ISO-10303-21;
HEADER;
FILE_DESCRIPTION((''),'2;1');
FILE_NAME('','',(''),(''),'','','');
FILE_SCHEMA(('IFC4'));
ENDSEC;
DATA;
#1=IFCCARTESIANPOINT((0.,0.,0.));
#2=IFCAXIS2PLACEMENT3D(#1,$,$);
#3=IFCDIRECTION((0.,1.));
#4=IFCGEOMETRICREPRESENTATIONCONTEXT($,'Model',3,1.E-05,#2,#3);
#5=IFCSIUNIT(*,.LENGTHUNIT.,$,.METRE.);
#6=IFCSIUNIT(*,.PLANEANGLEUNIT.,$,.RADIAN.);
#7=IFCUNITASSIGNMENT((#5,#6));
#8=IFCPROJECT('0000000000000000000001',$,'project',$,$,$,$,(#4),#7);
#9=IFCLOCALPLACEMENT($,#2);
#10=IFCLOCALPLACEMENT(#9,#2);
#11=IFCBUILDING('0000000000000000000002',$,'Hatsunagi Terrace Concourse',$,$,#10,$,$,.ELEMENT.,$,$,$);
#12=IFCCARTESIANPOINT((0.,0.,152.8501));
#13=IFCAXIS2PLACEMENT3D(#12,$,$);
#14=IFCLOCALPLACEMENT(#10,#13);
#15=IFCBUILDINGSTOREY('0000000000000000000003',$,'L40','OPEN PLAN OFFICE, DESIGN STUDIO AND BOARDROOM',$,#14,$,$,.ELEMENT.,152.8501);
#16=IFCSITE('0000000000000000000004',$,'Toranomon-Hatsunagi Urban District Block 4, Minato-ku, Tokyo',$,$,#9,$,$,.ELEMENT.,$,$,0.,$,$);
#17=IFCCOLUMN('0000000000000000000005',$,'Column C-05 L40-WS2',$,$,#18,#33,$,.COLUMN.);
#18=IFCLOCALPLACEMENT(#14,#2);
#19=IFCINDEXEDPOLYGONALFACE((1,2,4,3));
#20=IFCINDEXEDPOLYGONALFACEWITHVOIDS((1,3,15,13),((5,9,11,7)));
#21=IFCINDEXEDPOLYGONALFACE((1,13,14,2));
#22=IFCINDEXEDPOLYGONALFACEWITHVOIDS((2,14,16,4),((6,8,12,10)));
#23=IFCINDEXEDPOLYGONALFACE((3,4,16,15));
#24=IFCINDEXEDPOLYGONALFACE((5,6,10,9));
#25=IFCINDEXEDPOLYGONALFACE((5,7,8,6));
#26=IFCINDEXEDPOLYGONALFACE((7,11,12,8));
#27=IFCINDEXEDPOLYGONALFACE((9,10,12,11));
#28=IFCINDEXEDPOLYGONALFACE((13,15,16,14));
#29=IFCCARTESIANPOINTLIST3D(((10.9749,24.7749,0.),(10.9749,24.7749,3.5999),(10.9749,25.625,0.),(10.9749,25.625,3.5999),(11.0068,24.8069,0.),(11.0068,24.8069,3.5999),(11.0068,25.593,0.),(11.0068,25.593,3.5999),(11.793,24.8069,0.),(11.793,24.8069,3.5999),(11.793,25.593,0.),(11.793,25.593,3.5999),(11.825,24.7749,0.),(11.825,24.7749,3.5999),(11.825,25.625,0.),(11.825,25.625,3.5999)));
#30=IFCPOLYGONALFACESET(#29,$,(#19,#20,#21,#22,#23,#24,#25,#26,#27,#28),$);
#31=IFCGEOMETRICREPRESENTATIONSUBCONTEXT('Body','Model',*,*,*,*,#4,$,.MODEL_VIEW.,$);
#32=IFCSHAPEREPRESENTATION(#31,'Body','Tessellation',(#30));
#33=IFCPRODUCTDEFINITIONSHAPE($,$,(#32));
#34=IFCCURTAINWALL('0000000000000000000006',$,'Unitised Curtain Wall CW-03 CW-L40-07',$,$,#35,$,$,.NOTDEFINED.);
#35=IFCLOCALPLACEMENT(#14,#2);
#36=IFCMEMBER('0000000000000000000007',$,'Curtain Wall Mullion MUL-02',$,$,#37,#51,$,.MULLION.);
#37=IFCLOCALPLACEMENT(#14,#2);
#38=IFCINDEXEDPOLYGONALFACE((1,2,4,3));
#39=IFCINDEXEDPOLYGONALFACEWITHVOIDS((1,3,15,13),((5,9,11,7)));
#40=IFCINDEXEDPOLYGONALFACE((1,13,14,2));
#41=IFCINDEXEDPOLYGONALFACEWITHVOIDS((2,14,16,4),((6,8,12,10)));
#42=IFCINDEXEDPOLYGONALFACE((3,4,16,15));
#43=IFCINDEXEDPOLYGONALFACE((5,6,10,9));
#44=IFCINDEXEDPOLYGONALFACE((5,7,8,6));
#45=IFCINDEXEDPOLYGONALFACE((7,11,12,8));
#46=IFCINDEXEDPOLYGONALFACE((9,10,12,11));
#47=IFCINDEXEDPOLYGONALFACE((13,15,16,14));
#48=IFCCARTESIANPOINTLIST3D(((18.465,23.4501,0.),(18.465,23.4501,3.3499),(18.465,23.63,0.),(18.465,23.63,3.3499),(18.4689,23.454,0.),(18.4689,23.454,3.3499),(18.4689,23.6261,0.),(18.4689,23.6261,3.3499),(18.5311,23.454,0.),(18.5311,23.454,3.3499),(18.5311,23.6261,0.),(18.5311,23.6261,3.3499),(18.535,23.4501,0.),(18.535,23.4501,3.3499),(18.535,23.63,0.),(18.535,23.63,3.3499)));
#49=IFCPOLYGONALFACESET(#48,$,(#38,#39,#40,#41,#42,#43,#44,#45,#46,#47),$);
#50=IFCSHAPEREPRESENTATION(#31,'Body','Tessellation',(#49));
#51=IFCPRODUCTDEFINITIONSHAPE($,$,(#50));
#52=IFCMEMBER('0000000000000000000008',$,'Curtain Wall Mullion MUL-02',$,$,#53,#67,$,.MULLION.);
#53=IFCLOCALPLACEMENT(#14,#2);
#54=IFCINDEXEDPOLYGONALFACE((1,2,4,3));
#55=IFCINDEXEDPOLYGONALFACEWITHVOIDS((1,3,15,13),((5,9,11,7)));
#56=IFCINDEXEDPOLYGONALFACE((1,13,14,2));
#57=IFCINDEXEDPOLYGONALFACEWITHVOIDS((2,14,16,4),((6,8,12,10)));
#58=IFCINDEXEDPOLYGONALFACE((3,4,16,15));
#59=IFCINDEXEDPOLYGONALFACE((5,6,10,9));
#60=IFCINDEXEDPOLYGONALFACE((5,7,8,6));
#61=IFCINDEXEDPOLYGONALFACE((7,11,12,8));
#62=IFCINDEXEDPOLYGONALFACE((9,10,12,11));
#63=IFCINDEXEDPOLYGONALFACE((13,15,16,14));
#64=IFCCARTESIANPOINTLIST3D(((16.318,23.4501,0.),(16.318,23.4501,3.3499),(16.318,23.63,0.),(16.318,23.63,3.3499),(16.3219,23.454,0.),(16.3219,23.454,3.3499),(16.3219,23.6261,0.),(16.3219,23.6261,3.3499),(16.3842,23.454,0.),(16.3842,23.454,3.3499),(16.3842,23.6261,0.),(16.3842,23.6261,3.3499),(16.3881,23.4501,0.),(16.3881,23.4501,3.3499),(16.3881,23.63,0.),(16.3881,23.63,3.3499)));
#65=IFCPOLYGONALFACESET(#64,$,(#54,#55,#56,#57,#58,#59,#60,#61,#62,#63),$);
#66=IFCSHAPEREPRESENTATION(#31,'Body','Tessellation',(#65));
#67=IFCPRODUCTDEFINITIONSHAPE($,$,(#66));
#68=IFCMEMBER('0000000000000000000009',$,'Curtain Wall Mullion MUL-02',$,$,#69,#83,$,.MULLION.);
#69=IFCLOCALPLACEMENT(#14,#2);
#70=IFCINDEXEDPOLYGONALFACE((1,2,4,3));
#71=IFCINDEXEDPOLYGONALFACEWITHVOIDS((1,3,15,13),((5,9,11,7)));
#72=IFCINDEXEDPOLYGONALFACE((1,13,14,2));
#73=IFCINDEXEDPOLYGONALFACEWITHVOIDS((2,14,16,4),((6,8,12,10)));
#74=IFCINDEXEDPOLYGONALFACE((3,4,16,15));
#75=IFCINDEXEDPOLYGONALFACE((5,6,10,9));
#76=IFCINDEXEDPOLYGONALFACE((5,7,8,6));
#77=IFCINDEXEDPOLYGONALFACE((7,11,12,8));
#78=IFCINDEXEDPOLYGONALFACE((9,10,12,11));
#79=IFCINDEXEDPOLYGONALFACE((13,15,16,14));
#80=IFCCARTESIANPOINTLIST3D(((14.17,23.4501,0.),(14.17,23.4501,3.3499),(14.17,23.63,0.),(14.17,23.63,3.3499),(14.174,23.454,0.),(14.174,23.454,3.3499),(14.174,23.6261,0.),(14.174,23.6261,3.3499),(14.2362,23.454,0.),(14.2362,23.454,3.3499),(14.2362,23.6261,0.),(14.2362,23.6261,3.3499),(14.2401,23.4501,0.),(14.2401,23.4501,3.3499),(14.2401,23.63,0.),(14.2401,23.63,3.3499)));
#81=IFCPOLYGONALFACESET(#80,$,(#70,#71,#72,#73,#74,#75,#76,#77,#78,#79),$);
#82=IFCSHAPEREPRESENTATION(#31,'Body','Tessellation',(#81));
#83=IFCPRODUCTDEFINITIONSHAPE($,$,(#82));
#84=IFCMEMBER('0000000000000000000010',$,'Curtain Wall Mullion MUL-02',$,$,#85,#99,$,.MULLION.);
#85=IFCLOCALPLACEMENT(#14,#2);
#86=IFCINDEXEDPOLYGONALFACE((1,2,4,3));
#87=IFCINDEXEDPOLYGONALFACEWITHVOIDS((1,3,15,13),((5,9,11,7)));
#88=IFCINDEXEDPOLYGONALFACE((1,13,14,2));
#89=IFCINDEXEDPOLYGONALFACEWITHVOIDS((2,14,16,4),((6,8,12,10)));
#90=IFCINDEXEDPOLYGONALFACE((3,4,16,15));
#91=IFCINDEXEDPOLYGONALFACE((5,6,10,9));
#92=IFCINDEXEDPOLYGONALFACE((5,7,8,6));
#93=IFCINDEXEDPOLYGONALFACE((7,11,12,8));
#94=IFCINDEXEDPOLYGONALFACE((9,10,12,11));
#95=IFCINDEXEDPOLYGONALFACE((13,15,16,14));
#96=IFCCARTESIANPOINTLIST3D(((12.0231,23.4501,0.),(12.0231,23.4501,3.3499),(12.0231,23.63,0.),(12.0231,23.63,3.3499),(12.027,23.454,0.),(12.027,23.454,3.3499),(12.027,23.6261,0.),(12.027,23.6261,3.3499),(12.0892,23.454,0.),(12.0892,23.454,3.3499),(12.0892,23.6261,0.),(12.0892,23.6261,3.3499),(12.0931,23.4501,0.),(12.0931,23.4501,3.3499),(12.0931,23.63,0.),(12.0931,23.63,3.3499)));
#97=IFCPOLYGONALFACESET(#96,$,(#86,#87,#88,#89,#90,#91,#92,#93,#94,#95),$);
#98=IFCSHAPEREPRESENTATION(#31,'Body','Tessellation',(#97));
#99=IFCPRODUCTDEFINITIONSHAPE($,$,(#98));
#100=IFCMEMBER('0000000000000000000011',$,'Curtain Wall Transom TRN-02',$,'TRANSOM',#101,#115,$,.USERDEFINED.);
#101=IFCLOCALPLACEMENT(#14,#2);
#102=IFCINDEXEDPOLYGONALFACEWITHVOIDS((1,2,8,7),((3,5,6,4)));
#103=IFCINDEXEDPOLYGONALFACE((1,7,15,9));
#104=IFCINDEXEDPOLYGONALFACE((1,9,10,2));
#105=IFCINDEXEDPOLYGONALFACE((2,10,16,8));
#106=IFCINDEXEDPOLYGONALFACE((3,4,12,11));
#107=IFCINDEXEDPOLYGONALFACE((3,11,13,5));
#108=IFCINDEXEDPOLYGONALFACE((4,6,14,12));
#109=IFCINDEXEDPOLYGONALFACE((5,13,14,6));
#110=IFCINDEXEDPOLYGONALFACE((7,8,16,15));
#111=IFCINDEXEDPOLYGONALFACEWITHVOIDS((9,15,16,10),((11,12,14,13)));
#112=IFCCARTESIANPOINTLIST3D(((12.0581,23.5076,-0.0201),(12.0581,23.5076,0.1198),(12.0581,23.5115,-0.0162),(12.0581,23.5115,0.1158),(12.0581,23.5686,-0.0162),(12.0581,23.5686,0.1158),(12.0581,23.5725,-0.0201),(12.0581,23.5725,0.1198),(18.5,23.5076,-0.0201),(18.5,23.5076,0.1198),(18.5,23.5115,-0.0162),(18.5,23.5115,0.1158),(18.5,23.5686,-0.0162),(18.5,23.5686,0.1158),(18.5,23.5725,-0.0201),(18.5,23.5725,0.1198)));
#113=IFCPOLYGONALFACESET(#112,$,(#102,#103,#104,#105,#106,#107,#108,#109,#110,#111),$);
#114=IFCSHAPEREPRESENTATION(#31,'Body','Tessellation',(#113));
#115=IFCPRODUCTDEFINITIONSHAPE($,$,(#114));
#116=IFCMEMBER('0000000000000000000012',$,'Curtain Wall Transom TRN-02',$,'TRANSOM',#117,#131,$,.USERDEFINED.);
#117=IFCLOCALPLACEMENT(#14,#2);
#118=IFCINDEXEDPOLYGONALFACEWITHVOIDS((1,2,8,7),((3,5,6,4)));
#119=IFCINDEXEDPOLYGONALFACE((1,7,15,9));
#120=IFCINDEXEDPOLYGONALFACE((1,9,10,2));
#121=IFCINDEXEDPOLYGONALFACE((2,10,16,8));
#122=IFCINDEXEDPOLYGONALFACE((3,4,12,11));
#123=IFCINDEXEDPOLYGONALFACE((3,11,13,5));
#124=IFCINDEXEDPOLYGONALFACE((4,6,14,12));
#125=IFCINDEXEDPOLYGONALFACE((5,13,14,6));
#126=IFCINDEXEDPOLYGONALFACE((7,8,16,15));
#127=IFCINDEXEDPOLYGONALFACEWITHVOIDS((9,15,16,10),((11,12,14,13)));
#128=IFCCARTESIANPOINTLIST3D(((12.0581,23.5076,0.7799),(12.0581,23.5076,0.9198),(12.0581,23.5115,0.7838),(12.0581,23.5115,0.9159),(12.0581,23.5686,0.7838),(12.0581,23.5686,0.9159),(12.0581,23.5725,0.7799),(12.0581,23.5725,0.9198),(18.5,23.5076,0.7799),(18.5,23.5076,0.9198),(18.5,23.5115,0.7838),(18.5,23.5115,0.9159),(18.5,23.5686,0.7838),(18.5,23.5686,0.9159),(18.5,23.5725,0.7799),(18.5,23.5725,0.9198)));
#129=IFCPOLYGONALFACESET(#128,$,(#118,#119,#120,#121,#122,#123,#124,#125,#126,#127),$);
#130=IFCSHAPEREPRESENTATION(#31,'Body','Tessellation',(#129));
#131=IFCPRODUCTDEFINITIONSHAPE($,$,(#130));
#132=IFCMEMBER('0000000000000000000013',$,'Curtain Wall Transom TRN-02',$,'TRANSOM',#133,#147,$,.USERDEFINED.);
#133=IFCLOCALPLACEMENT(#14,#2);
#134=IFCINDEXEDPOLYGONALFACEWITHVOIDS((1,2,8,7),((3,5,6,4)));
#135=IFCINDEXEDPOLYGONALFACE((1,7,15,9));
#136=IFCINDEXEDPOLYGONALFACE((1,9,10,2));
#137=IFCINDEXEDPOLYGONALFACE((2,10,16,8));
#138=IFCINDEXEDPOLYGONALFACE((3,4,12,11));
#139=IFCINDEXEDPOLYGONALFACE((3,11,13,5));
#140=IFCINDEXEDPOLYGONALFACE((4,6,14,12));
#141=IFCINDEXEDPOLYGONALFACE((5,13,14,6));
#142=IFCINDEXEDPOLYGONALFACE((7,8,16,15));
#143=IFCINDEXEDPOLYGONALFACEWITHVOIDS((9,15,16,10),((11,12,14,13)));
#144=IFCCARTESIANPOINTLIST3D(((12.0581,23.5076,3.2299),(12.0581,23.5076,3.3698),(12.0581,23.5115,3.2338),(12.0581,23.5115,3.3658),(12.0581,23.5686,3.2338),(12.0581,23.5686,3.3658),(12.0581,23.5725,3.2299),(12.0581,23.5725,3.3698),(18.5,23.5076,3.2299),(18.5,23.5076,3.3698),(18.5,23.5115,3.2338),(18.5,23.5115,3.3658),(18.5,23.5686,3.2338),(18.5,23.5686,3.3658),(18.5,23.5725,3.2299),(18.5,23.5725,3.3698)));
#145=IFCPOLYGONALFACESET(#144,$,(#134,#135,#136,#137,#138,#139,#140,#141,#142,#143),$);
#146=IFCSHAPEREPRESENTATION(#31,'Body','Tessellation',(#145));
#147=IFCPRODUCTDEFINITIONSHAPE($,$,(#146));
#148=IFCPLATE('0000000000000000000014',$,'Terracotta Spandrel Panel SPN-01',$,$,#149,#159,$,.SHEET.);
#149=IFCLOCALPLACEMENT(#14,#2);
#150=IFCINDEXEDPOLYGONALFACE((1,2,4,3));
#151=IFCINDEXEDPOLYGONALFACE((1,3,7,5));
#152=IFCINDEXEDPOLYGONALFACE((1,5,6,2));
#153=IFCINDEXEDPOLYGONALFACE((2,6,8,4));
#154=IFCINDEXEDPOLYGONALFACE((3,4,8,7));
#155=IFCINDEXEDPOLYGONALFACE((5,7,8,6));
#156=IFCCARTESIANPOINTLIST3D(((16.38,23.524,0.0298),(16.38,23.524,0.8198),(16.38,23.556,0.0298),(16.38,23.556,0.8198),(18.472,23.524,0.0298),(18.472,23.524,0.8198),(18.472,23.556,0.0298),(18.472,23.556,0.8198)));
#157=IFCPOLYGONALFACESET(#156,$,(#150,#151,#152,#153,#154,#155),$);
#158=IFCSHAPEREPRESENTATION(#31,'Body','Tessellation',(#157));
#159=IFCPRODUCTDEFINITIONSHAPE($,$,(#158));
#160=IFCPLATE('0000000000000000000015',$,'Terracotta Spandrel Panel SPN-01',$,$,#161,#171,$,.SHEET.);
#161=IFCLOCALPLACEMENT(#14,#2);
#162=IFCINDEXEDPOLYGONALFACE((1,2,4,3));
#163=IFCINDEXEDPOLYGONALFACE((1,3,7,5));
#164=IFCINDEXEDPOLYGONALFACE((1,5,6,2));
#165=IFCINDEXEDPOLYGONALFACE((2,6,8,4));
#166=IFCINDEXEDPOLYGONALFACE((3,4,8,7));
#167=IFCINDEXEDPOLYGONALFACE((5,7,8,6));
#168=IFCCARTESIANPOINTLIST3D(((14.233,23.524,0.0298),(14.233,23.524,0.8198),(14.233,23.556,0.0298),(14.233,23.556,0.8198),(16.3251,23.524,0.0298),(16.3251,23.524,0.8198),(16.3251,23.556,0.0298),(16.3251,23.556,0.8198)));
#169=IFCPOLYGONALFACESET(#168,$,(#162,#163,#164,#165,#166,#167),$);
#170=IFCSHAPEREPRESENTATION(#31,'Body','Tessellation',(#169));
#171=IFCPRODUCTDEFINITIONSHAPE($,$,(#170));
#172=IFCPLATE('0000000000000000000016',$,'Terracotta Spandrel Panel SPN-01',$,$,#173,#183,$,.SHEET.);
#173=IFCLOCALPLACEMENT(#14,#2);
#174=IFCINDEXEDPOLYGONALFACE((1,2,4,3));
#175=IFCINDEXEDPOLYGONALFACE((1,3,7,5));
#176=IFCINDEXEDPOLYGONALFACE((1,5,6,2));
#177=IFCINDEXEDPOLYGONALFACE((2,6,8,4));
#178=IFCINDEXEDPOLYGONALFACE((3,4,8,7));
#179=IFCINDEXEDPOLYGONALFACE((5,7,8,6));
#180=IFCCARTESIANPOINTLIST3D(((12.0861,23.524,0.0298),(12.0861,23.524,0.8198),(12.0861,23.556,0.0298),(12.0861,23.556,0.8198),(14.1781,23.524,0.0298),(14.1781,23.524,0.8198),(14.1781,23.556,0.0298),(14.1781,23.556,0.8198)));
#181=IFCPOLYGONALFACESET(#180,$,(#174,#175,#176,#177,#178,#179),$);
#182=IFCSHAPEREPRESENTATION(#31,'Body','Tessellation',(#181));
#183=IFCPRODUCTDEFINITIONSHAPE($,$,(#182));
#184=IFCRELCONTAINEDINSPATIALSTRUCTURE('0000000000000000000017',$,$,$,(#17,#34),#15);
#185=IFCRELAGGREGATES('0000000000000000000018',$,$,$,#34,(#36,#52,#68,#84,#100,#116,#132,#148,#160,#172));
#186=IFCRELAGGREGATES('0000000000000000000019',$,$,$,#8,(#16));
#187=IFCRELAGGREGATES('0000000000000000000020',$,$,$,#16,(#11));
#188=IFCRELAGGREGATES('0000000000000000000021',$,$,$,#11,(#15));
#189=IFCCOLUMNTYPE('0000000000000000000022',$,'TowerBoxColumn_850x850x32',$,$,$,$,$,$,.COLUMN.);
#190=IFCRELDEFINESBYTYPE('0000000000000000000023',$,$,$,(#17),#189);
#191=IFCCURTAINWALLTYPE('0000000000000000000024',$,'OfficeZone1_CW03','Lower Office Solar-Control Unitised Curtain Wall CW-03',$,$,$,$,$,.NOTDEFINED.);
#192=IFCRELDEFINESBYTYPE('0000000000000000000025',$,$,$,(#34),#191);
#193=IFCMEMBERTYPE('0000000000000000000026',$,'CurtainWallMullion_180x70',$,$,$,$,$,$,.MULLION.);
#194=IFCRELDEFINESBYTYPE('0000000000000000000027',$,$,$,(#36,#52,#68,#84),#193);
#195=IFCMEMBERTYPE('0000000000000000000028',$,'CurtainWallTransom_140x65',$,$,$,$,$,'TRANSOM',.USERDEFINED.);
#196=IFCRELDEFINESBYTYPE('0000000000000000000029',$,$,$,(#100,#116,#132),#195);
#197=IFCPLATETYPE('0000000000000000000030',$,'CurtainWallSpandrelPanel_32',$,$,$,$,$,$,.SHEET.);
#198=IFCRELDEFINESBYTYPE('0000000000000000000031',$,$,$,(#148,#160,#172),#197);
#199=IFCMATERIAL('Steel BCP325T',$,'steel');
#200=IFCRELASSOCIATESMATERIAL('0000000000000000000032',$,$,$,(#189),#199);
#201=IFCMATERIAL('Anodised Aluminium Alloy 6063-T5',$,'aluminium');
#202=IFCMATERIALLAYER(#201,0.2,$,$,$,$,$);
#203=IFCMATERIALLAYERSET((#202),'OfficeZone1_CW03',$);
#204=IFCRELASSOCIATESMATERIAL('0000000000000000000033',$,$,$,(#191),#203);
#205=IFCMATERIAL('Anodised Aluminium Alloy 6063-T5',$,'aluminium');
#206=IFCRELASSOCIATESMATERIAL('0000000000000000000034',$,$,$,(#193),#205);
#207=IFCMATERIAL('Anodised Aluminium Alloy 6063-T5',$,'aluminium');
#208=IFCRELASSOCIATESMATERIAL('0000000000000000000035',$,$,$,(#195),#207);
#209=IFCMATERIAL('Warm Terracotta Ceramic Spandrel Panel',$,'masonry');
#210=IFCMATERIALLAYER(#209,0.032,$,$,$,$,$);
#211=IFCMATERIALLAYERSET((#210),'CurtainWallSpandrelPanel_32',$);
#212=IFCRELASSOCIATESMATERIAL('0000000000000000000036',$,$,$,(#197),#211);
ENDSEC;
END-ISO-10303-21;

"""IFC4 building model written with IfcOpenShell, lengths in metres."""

from ifc_helpers import new_model, si_unit, direction, frame, origin, origin_2d, place, context, subcontext, project, spatial, rectangle, hollow_rectangle, extrude, material, layer, layer_set, material_profile, profile_set, type_object, element, aggregate, save


model = new_model("IFC4")

# Units and contexts
model_context = context("Model", 3, precision=1e-05, world=origin(), true_north=direction((0.0, 1.0)))
body_context = subcontext(model_context, "Body", "Model", "MODEL_VIEW")
ifc_project = project(units=[si_unit("LENGTHUNIT", "METRE"), si_unit("PLANEANGLEUNIT", "RADIAN")], contexts=[model_context])

# Site, building, storey
site_placement = place(None, origin())
site = spatial("IfcSite", under=ifc_project, at=site_placement, Name="Toranomon-Hatsunagi Urban District Block 4, Minato-ku, Tokyo", CompositionType="ELEMENT", RefElevation=0.0)
building_placement = place(site_placement, origin())
building = spatial("IfcBuilding", under=site, at=building_placement, Name="Hatsunagi Terrace Concourse", CompositionType="ELEMENT")
storey_placement = place(building_placement, frame((0.0, 0.0, 152.8501)))
storey = spatial("IfcBuildingStorey", under=building, at=storey_placement, Name="L40", Description="OPEN PLAN OFFICE, DESIGN STUDIO AND BOARDROOM", CompositionType="ELEMENT", Elevation=152.8501)

# Column
ifc_material_1 = material(Name="Steel BCP325T", Category="steel")
ifc_material_profile_1 = material_profile(ifc_material_1, hollow_rectangle(XDim=0.8501, YDim=0.8501, WallThickness=0.032, at=origin_2d()), Name="BCP-850x850x32")
ifc_profile_set_1 = profile_set([ifc_material_profile_1], Name="Steel BCP325T")
column_type = type_object("IfcColumnType", Name="TowerBoxColumn_850x850x32", PredefinedType="COLUMN", material=ifc_profile_set_1)
column_placement = place(storey_placement, frame((11.3999, 25.2, 0.0), z_axis=(0.0, 0.0, 1.0), x_axis=(1.0, 0.0, 0.0)))
element("IfcColumn", 1, at=column_placement, inside=storey, type_object=column_type, Name="Column C-05 L40-WS2", PredefinedType="COLUMN", context=body_context, shape_type="SweptSolid", body=[
    extrude(hollow_rectangle(XDim=0.8501, YDim=0.8501, WallThickness=0.032, at=origin_2d()), origin(), (0.0, 0.0, 1.0), 3.5999),
])

# Curtain wall, members, plates
ifc_material_2 = material(Name="Anodised Aluminium Alloy 6063-T5", Category="aluminium")
ifc_layer_1 = layer(ifc_material_2, 0.2)
ifc_layer_set_1 = layer_set([ifc_layer_1], Name="OfficeZone1_CW03")
curtain_wall_type = type_object("IfcCurtainWallType", Name="OfficeZone1_CW03", Description="Lower Office Solar-Control Unitised Curtain Wall CW-03", PredefinedType="NOTDEFINED", material=ifc_layer_set_1)
curtain_wall_placement = place(storey_placement, origin())
curtain_wall = element("IfcCurtainWall", 2, at=curtain_wall_placement, inside=storey, type_object=curtain_wall_type, Name="Unitised Curtain Wall CW-03 CW-L40-07", PredefinedType="NOTDEFINED")
ifc_material_3 = material(Name="Anodised Aluminium Alloy 6063-T5", Category="aluminium")
ifc_material_profile_2 = material_profile(ifc_material_3, hollow_rectangle(XDim=0.0701, YDim=0.1799, WallThickness=0.0039, at=origin_2d()), Name="ALU-MUL-180x70x4")
ifc_profile_set_2 = profile_set([ifc_material_profile_2], Name="Anodised Aluminium Alloy 6063-T5")
member_type_1 = type_object("IfcMemberType", Name="CurtainWallMullion_180x70", PredefinedType="MULLION", material=ifc_profile_set_2)
member_1_placement = place(storey_placement, frame((18.5, 23.54, 0.0), z_axis=(0.0, 0.0, 1.0), x_axis=(-1.0, 0.0, 0.0)))
member_1 = element("IfcMember", 3, at=member_1_placement, type_object=member_type_1, Name="Curtain Wall Mullion MUL-02", PredefinedType="MULLION", context=body_context, shape_type="SweptSolid", body=[
    extrude(hollow_rectangle(XDim=0.0701, YDim=0.1799, WallThickness=0.0039, at=origin_2d()), origin(), (0.0, 0.0, 1.0), 3.3499),
])
member_2_placement = place(storey_placement, frame((16.353, 23.54, 0.0), z_axis=(0.0, 0.0, 1.0), x_axis=(-1.0, 0.0, 0.0)))
member_2 = element("IfcMember", 4, at=member_2_placement, type_object=member_type_1, Name="Curtain Wall Mullion MUL-02", PredefinedType="MULLION", context=body_context, shape_type="SweptSolid", body=[
    extrude(hollow_rectangle(XDim=0.0701, YDim=0.1799, WallThickness=0.0039, at=origin_2d()), origin(), (0.0, 0.0, 1.0), 3.3499),
])
member_3_placement = place(storey_placement, frame((14.2051, 23.54, 0.0), z_axis=(0.0, 0.0, 1.0), x_axis=(-1.0, 0.0, 0.0)))
member_3 = element("IfcMember", 5, at=member_3_placement, type_object=member_type_1, Name="Curtain Wall Mullion MUL-02", PredefinedType="MULLION", context=body_context, shape_type="SweptSolid", body=[
    extrude(hollow_rectangle(XDim=0.0701, YDim=0.1799, WallThickness=0.0039, at=origin_2d()), origin(), (0.0, 0.0, 1.0), 3.3499),
])
member_4_placement = place(storey_placement, frame((12.0581, 23.54, 0.0), z_axis=(0.0, 0.0, 1.0), x_axis=(-1.0, 0.0, 0.0)))
member_4 = element("IfcMember", 6, at=member_4_placement, type_object=member_type_1, Name="Curtain Wall Mullion MUL-02", PredefinedType="MULLION", context=body_context, shape_type="SweptSolid", body=[
    extrude(hollow_rectangle(XDim=0.0701, YDim=0.1799, WallThickness=0.0039, at=origin_2d()), origin(), (0.0, 0.0, 1.0), 3.3499),
])
ifc_material_4 = material(Name="Anodised Aluminium Alloy 6063-T5", Category="aluminium")
ifc_material_profile_3 = material_profile(ifc_material_4, hollow_rectangle(XDim=0.0649, YDim=0.1399, WallThickness=0.0039, at=origin_2d()), Name="ALU-TRN-140x65x4")
ifc_profile_set_3 = profile_set([ifc_material_profile_3], Name="Anodised Aluminium Alloy 6063-T5")
member_type_2 = type_object("IfcMemberType", Name="CurtainWallTransom_140x65", ElementType="TRANSOM", PredefinedType="USERDEFINED", material=ifc_profile_set_3)
member_5_placement = place(storey_placement, frame((18.5, 23.54, 0.0498), z_axis=(-1.0, 0.0, 0.0), x_axis=(0.0, -1.0, 0.0)))
member_5 = element("IfcMember", 7, at=member_5_placement, type_object=member_type_2, Name="Curtain Wall Transom TRN-02", ObjectType="TRANSOM", PredefinedType="USERDEFINED", context=body_context, shape_type="SweptSolid", body=[
    extrude(hollow_rectangle(XDim=0.0649, YDim=0.1399, WallThickness=0.0039, at=origin_2d()), origin(), (0.0, 0.0, 1.0), 6.4419),
])
member_6_placement = place(storey_placement, frame((18.5, 23.54, 0.8499), z_axis=(-1.0, 0.0, 0.0), x_axis=(0.0, -1.0, 0.0)))
member_6 = element("IfcMember", 8, at=member_6_placement, type_object=member_type_2, Name="Curtain Wall Transom TRN-02", ObjectType="TRANSOM", PredefinedType="USERDEFINED", context=body_context, shape_type="SweptSolid", body=[
    extrude(hollow_rectangle(XDim=0.0649, YDim=0.1399, WallThickness=0.0039, at=origin_2d()), origin(), (0.0, 0.0, 1.0), 6.4419),
])
member_7_placement = place(storey_placement, frame((18.5, 23.54, 3.2998), z_axis=(-1.0, 0.0, 0.0), x_axis=(0.0, -1.0, 0.0)))
member_7 = element("IfcMember", 9, at=member_7_placement, type_object=member_type_2, Name="Curtain Wall Transom TRN-02", ObjectType="TRANSOM", PredefinedType="USERDEFINED", context=body_context, shape_type="SweptSolid", body=[
    extrude(hollow_rectangle(XDim=0.0649, YDim=0.1399, WallThickness=0.0039, at=origin_2d()), origin(), (0.0, 0.0, 1.0), 6.4419),
])
ifc_material_5 = material(Name="Warm Terracotta Ceramic Spandrel Panel", Category="masonry")
ifc_layer_2 = layer(ifc_material_5, 0.032)
ifc_layer_set_2 = layer_set([ifc_layer_2], Name="CurtainWallSpandrelPanel_32")
plate_type_1 = type_object("IfcPlateType", Name="CurtainWallSpandrelPanel_32", PredefinedType="SHEET", material=ifc_layer_set_2)
plate_1_placement = place(storey_placement, frame((17.426, 23.54, 0.0298), z_axis=(0.0, 0.0, 1.0), x_axis=(-1.0, 0.0, 0.0)))
plate_1 = element("IfcPlate", 10, at=plate_1_placement, type_object=plate_type_1, Name="Terracotta Spandrel Panel SPN-01", PredefinedType="SHEET", context=body_context, shape_type="SweptSolid", body=[
    extrude(rectangle(XDim=2.092, YDim=0.032, at=origin_2d()), origin(), (0.0, 0.0, 1.0), 0.79),
])
plate_2_placement = place(storey_placement, frame((15.2791, 23.54, 0.0298), z_axis=(0.0, 0.0, 1.0), x_axis=(-1.0, 0.0, 0.0)))
plate_2 = element("IfcPlate", 11, at=plate_2_placement, type_object=plate_type_1, Name="Terracotta Spandrel Panel SPN-01", PredefinedType="SHEET", context=body_context, shape_type="SweptSolid", body=[
    extrude(rectangle(XDim=2.092, YDim=0.032, at=origin_2d()), origin(), (0.0, 0.0, 1.0), 0.79),
])
plate_3_placement = place(storey_placement, frame((13.1321, 23.54, 0.0298), z_axis=(0.0, 0.0, 1.0), x_axis=(-1.0, 0.0, 0.0)))
plate_3 = element("IfcPlate", 12, at=plate_3_placement, type_object=plate_type_1, Name="Terracotta Spandrel Panel SPN-01", PredefinedType="SHEET", context=body_context, shape_type="SweptSolid", body=[
    extrude(rectangle(XDim=2.092, YDim=0.032, at=origin_2d()), origin(), (0.0, 0.0, 1.0), 0.79),
])
aggregate(curtain_wall, [member_1, member_2, member_3, member_4, member_5, member_6, member_7, plate_1, plate_2, plate_3])

save(model, "model.ifc")
